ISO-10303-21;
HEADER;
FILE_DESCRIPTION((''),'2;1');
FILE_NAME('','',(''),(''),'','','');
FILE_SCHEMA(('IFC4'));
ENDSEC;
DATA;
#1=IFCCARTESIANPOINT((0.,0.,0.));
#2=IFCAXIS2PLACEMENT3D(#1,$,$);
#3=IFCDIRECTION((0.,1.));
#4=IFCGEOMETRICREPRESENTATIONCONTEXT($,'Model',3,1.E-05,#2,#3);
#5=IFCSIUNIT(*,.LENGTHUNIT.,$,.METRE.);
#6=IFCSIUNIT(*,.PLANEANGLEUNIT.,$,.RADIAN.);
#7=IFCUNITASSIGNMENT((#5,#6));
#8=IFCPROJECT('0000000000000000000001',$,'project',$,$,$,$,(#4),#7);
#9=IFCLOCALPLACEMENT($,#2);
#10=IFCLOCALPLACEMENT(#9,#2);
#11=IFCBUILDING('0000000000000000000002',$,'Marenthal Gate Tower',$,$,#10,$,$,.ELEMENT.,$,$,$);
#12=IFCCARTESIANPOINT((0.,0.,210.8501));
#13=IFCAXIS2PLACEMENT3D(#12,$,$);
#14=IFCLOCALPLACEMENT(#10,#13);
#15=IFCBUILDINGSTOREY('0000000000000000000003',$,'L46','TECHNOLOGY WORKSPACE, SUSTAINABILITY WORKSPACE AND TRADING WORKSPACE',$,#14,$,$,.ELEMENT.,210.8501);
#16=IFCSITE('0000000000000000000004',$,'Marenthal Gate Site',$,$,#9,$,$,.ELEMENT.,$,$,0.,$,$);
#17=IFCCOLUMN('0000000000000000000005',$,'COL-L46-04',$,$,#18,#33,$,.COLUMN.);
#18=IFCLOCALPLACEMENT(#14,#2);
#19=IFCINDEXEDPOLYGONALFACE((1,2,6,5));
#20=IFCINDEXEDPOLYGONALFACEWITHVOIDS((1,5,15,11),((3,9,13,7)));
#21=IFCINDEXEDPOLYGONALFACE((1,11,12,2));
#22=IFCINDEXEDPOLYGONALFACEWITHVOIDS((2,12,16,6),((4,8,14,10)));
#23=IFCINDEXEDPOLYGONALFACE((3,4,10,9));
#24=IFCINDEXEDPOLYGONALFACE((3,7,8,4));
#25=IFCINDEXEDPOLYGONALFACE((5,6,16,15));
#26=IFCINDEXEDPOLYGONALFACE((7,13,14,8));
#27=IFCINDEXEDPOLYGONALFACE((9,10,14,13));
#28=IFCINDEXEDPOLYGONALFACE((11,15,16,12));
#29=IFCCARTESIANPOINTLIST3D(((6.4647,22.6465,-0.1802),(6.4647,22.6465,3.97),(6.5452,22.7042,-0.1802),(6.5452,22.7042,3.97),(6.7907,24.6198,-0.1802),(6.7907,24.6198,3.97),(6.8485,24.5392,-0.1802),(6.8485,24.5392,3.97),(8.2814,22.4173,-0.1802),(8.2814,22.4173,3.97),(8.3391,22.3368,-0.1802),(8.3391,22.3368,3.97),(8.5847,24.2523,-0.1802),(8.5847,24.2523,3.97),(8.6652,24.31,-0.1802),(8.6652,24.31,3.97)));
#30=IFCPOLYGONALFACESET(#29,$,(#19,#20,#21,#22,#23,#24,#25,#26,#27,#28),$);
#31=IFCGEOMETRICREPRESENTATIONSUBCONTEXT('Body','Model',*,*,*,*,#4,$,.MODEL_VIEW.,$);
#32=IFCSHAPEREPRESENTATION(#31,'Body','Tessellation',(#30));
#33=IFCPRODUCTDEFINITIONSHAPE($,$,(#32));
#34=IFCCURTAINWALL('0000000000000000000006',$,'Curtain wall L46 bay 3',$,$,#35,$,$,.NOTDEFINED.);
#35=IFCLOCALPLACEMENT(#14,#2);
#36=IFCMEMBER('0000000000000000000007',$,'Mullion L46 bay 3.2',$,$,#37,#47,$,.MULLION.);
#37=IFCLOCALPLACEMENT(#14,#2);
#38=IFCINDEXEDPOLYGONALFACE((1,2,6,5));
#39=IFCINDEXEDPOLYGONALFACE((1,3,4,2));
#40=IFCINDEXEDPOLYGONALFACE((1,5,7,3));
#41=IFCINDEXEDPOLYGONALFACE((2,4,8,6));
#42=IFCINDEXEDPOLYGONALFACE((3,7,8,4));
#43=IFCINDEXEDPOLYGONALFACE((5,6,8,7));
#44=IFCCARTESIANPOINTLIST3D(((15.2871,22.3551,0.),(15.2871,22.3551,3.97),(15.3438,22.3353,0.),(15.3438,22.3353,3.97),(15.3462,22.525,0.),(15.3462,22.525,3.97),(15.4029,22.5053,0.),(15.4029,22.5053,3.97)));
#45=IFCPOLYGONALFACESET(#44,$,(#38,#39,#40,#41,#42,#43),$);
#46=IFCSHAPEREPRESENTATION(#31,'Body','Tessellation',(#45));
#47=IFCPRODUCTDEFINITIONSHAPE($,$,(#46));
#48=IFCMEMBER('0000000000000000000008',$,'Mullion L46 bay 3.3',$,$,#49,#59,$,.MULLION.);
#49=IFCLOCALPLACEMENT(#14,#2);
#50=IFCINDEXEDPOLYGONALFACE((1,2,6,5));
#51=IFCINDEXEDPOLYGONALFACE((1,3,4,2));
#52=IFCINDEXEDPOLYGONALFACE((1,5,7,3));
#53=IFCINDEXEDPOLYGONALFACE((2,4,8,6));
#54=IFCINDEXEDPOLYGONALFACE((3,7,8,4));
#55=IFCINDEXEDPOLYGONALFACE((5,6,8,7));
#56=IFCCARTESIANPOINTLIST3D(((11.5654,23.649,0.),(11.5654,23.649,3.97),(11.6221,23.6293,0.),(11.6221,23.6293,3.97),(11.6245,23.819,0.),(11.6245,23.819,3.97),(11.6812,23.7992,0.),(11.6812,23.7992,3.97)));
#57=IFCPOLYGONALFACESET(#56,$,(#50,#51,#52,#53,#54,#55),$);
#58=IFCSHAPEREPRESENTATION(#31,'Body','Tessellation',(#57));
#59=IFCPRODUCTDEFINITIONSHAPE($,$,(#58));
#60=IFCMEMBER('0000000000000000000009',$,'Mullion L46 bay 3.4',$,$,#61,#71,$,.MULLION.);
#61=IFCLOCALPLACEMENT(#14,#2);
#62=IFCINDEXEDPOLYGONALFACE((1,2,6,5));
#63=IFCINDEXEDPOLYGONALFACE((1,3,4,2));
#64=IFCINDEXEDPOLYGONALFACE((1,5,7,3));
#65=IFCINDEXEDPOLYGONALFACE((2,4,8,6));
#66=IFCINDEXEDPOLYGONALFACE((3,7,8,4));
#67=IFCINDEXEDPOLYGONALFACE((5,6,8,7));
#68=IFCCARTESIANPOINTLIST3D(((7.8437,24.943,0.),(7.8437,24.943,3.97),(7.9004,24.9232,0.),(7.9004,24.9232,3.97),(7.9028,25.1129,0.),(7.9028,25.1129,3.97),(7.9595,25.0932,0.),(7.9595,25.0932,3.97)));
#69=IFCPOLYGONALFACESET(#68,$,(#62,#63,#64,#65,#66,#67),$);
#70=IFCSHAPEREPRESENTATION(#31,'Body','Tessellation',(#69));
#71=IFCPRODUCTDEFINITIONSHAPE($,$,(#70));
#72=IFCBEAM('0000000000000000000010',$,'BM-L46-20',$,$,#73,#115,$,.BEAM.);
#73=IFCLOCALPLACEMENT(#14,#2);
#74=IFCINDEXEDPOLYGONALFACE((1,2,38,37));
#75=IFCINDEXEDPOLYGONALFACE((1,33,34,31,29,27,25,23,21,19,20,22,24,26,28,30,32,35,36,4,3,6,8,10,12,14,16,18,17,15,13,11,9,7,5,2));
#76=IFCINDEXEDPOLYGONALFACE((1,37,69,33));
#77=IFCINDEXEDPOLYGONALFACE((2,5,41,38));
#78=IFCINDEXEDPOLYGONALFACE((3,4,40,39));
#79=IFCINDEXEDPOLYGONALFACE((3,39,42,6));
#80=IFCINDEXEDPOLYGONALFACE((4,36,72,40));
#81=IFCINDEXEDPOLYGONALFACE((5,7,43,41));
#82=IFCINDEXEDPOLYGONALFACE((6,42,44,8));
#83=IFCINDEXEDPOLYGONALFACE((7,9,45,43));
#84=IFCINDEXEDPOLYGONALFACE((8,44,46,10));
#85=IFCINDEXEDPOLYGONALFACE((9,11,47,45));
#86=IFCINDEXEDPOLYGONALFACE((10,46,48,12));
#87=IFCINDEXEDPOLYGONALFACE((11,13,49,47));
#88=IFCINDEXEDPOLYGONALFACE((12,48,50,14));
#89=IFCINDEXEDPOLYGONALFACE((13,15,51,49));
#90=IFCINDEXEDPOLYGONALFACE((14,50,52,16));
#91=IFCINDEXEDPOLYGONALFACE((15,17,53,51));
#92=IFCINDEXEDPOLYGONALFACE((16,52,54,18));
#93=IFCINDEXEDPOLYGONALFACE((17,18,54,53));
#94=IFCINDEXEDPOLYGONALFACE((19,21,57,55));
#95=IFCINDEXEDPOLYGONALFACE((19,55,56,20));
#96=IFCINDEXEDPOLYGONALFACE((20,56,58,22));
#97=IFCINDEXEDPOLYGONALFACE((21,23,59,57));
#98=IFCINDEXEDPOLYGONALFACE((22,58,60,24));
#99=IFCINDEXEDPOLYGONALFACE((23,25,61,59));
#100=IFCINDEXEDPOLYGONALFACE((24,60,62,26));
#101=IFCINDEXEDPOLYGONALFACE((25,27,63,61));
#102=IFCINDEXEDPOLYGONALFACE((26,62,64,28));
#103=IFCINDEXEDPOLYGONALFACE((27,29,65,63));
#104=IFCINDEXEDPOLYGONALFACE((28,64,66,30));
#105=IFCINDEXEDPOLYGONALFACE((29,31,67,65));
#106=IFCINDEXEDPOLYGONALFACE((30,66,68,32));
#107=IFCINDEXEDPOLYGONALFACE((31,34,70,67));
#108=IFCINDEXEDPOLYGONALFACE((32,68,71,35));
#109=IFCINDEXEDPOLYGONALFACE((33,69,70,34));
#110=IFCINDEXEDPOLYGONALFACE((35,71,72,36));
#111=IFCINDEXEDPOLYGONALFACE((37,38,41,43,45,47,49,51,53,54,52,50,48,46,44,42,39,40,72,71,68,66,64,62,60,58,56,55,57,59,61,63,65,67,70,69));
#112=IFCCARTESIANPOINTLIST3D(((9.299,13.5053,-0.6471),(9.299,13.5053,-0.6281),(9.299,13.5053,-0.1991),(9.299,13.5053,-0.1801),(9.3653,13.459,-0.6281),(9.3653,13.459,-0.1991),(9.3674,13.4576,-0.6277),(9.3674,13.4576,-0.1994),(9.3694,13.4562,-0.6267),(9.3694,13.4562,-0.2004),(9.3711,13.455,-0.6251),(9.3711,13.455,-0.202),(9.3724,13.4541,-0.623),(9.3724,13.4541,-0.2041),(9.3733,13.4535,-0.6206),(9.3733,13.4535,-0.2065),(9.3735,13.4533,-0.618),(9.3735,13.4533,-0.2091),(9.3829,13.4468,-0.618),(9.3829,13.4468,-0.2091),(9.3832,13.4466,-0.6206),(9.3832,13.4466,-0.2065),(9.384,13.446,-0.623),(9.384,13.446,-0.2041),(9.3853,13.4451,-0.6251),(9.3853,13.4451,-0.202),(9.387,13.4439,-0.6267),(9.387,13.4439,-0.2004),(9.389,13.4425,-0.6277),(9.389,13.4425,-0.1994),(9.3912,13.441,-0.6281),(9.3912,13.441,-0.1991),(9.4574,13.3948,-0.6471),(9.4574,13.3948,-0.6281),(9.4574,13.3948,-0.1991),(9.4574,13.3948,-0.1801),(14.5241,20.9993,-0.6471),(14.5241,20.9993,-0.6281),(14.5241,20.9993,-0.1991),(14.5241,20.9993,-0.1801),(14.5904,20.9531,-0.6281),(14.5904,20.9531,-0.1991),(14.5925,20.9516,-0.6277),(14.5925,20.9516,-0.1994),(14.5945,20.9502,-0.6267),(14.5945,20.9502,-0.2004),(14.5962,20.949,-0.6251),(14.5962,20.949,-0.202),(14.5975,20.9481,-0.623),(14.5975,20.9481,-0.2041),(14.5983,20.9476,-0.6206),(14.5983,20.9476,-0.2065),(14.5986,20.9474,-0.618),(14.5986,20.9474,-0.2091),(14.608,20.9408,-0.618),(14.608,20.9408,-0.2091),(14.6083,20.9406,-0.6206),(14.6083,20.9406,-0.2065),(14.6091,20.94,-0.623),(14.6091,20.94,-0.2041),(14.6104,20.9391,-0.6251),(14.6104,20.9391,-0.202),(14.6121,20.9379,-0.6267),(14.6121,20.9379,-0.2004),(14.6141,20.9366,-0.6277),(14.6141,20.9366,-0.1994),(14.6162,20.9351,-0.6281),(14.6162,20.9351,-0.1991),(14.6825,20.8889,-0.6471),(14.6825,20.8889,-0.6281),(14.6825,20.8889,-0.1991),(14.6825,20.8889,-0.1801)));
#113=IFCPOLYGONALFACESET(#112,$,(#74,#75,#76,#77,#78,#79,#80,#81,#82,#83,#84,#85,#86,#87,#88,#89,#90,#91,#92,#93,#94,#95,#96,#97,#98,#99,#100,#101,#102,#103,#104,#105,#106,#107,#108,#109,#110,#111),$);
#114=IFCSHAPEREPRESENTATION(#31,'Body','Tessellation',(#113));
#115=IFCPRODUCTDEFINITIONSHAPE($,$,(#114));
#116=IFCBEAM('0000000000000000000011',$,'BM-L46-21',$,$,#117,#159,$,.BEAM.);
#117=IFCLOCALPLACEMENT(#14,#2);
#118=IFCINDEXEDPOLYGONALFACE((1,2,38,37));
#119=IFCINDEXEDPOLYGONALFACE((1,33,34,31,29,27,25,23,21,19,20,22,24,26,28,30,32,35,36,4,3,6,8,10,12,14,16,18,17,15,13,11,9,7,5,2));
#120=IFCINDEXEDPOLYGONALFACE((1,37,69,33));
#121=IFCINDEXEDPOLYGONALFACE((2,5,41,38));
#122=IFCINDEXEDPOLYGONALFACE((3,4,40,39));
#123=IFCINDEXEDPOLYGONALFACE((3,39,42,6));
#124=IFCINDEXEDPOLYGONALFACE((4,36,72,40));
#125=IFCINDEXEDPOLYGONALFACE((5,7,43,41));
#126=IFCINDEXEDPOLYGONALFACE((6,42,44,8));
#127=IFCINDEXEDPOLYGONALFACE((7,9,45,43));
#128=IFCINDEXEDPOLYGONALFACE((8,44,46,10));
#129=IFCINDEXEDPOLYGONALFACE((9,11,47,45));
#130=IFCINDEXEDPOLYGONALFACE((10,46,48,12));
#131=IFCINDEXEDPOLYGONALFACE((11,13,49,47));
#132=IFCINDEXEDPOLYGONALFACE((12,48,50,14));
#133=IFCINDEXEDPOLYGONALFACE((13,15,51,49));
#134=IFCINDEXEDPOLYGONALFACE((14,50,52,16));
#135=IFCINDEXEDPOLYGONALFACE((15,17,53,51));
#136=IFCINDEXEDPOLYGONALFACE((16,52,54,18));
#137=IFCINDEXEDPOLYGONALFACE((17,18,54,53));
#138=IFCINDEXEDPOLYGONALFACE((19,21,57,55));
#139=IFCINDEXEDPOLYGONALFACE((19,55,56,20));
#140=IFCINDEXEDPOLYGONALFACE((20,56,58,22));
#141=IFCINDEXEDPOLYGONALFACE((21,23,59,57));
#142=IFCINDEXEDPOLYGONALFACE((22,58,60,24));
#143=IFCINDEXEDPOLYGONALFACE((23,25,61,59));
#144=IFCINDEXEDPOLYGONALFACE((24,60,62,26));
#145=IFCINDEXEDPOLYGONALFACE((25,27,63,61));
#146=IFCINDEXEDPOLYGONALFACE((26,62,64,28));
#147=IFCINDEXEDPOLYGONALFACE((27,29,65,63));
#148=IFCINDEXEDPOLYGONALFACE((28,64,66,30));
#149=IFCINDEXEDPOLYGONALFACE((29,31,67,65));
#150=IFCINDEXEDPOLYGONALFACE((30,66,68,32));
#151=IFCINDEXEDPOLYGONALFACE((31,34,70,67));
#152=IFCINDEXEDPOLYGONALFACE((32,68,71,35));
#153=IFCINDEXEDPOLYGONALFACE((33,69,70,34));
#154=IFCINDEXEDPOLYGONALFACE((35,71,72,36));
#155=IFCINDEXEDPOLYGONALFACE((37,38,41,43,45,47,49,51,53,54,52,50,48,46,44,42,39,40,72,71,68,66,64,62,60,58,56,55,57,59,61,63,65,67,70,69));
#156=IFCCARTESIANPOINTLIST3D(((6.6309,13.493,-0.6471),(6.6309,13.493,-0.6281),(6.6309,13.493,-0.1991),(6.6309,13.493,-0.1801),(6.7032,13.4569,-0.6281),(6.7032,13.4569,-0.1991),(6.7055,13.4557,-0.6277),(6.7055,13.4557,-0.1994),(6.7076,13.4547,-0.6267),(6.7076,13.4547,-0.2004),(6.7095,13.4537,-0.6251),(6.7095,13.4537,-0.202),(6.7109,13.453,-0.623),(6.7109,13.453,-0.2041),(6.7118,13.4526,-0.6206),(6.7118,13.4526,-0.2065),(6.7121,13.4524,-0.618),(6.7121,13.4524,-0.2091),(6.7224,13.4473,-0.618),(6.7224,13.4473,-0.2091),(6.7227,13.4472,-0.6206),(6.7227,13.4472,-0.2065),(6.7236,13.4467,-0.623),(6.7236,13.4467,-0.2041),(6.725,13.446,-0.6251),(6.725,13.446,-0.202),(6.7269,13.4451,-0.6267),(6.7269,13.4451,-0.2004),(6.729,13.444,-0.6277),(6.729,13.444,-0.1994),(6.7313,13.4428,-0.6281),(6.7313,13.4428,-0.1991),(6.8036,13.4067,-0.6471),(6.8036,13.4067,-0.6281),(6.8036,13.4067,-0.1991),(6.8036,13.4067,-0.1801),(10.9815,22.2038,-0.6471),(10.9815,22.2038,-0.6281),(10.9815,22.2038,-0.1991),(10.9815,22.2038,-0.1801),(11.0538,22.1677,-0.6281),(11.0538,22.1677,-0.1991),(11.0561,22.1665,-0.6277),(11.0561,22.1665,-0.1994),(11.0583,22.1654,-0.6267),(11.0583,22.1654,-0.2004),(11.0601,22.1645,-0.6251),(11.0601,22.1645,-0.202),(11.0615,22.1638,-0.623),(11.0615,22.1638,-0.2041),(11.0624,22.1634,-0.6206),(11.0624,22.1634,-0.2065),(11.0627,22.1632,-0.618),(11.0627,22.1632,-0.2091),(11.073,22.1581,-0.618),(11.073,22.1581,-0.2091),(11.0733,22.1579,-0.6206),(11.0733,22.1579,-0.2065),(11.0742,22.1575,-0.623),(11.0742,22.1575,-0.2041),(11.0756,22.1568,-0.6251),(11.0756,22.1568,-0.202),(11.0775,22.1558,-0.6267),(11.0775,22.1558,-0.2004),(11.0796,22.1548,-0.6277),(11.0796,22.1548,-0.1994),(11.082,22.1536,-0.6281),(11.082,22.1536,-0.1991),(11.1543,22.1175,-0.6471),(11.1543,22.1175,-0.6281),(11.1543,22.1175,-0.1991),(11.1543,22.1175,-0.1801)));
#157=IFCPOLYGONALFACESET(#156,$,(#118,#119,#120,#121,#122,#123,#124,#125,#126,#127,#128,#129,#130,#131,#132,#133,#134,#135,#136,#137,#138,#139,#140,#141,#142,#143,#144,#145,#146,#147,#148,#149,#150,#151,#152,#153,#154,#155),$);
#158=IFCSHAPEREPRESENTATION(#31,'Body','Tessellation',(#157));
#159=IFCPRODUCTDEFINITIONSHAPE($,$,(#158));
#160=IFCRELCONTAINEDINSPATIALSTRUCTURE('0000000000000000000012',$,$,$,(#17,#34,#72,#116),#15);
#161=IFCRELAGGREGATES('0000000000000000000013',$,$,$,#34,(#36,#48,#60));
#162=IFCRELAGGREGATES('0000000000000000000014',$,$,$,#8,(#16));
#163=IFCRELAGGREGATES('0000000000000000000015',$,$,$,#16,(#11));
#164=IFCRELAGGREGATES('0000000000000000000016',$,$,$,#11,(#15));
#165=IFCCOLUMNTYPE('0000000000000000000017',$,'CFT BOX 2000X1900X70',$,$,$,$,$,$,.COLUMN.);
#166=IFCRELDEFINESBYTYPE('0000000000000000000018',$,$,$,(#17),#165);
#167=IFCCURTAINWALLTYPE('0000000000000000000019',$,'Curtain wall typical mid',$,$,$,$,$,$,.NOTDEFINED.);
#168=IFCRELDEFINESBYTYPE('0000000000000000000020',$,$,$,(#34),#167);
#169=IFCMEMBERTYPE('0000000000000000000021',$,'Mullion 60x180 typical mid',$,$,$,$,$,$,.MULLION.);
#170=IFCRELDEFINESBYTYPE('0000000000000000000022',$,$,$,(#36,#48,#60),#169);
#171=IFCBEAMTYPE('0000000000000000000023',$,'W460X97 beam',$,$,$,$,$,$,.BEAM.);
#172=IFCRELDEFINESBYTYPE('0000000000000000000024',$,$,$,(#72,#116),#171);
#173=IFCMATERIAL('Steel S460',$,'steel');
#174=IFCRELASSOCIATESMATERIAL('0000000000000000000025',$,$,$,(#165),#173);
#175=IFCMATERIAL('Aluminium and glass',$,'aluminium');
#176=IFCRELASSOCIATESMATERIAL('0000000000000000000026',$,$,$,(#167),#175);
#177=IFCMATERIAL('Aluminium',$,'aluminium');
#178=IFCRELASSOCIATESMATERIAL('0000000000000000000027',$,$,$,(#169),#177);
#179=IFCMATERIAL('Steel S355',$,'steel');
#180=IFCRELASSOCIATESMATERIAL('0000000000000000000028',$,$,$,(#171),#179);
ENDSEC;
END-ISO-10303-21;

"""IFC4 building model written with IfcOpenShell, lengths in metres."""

from ifc_helpers import new_model, si_unit, direction, frame, origin, origin_2d, place, context, subcontext, project, spatial, rectangle, hollow_rectangle, i_section, extrude, material, material_profile, profile_set, type_object, element, aggregate, save


model = new_model("IFC4")

# Units and contexts
model_context = context("Model", 3, precision=1e-05, world=origin(), true_north=direction((0.0, 1.0)))
body_context = subcontext(model_context, "Body", "Model", "MODEL_VIEW")
ifc_project = project(units=[si_unit("LENGTHUNIT", "METRE"), si_unit("PLANEANGLEUNIT", "RADIAN")], contexts=[model_context])

# Site, building, storey
site_placement = place(None, origin())
site = spatial("IfcSite", under=ifc_project, at=site_placement, Name="Marenthal Gate Site", CompositionType="ELEMENT", RefElevation=0.0)
building_placement = place(site_placement, origin())
building = spatial("IfcBuilding", under=site, at=building_placement, Name="Marenthal Gate Tower", CompositionType="ELEMENT")
storey_placement = place(building_placement, frame((0.0, 0.0, 210.8501)))
storey = spatial("IfcBuildingStorey", under=building, at=storey_placement, Name="L46", Description="TECHNOLOGY WORKSPACE, SUSTAINABILITY WORKSPACE AND TRADING WORKSPACE", CompositionType="ELEMENT", Elevation=210.8501)

# Column
ifc_material_1 = material(Name="Steel S460", Category="steel")
ifc_material_profile_1 = material_profile(ifc_material_1, hollow_rectangle(XDim=1.8999, YDim=2.0, WallThickness=0.0701, at=origin_2d()), Name="CFT BOX 2000X1900X70")
ifc_material_2 = material(Name="Concrete 70 MPa", Category="concrete")
ifc_material_profile_2 = material_profile(ifc_material_2, rectangle(XDim=1.76, YDim=1.8601, at=origin_2d()), Name="CFT BOX 2000X1900X70 INFILL")
ifc_profile_set_1 = profile_set([ifc_material_profile_1, ifc_material_profile_2], Name="Steel S460 shell, Concrete 70 MPa infill")
column_type = type_object("IfcColumnType", Name="CFT BOX 2000X1900X70", PredefinedType="COLUMN", material=ifc_profile_set_1)
column_placement = place(storey_placement, frame((7.5649, 23.4783, -0.1802), z_axis=(0.0, 0.0, 1.0), x_axis=(0.986619, -0.163044, 0.0)))
element("IfcColumn", 1, at=column_placement, inside=storey, type_object=column_type, Name="COL-L46-04", PredefinedType="COLUMN", context=body_context, shape_type="SweptSolid", body=[
    extrude(hollow_rectangle(XDim=1.8999, YDim=2.0, WallThickness=0.0701, at=origin_2d()), origin(), (0.0, 0.0, 1.0), 4.1501),
])

# Curtain wall, members
ifc_material_3 = material(Name="Aluminium and glass", Category="aluminium")
curtain_wall_type = type_object("IfcCurtainWallType", Name="Curtain wall typical mid", PredefinedType="NOTDEFINED", material=ifc_material_3)
curtain_wall_placement = place(storey_placement, origin())
curtain_wall = element("IfcCurtainWall", 2, at=curtain_wall_placement, inside=storey, type_object=curtain_wall_type, Name="Curtain wall L46 bay 3", PredefinedType="NOTDEFINED")
ifc_material_4 = material(Name="Aluminium", Category="aluminium")
ifc_material_profile_3 = material_profile(ifc_material_4, rectangle(XDim=0.1799, YDim=0.0601, at=origin_2d()), Name="60x180 aluminium mullion")
ifc_profile_set_2 = profile_set([ifc_material_profile_3], Name="Aluminium")
member_type = type_object("IfcMemberType", Name="Mullion 60x180 typical mid", PredefinedType="MULLION", material=ifc_profile_set_2)
member_1_placement = place(storey_placement, frame((15.345, 22.4302, 0.0), z_axis=(0.0, 0.0, 1.0), x_axis=(-0.3284, -0.944539, 0.0)))
member_1 = element("IfcMember", 3, at=member_1_placement, type_object=member_type, Name="Mullion L46 bay 3.2", PredefinedType="MULLION", context=body_context, shape_type="SweptSolid", body=[
    extrude(rectangle(XDim=0.1799, YDim=0.0601, at=origin_2d()), origin(), (0.0, 0.0, 1.0), 3.97),
])
member_2_placement = place(storey_placement, frame((11.6233, 23.7241, 0.0), z_axis=(0.0, 0.0, 1.0), x_axis=(-0.3284, -0.944539, 0.0)))
member_2 = element("IfcMember", 4, at=member_2_placement, type_object=member_type, Name="Mullion L46 bay 3.3", PredefinedType="MULLION", context=body_context, shape_type="SweptSolid", body=[
    extrude(rectangle(XDim=0.1799, YDim=0.0601, at=origin_2d()), origin(), (0.0, 0.0, 1.0), 3.97),
])
member_3_placement = place(storey_placement, frame((7.9016, 25.0181, 0.0), z_axis=(0.0, 0.0, 1.0), x_axis=(-0.3284, -0.944539, 0.0)))
member_3 = element("IfcMember", 5, at=member_3_placement, type_object=member_type, Name="Mullion L46 bay 3.4", PredefinedType="MULLION", context=body_context, shape_type="SweptSolid", body=[
    extrude(rectangle(XDim=0.1799, YDim=0.0601, at=origin_2d()), origin(), (0.0, 0.0, 1.0), 3.97),
])

# Beams
ifc_material_5 = material(Name="Steel S355", Category="steel")
ifc_material_profile_4 = material_profile(ifc_material_5, i_section(OverallWidth=0.1931, OverallDepth=0.467, WebThickness=0.0115, FlangeThickness=0.019, FilletRadius=0.01, at=origin_2d()), Name="W460X97")
ifc_profile_set_3 = profile_set([ifc_material_profile_4], Name="Steel S355")
beam_type_1 = type_object("IfcBeamType", Name="W460X97 beam", PredefinedType="BEAM", material=ifc_profile_set_3)
beam_1_placement = place(storey_placement, frame((14.6033, 20.9441, -0.4136), z_axis=(-0.571933, -0.8203, 0.0), x_axis=(0.8203, -0.571933, 0.0)))
element("IfcBeam", 6, at=beam_1_placement, inside=storey, type_object=beam_type_1, Name="BM-L46-20", PredefinedType="BEAM", context=body_context, shape_type="SweptSolid", body=[
    extrude(i_section(OverallWidth=0.1931, OverallDepth=0.467, WebThickness=0.0115, FlangeThickness=0.019, FilletRadius=0.01, at=origin_2d()), origin(), (0.0, 0.0, 1.0), 9.1357),
])
beam_2_placement = place(storey_placement, frame((11.0679, 22.1606, -0.4136), z_axis=(-0.446822, -0.894623, 0.0), x_axis=(0.894623, -0.446822, 0.0)))
element("IfcBeam", 7, at=beam_2_placement, inside=storey, type_object=beam_type_1, Name="BM-L46-21", PredefinedType="BEAM", context=body_context, shape_type="SweptSolid", body=[
    extrude(i_section(OverallWidth=0.1931, OverallDepth=0.467, WebThickness=0.0115, FlangeThickness=0.019, FilletRadius=0.01, at=origin_2d()), origin(), (0.0, 0.0, 1.0), 9.7368),
])

aggregate(curtain_wall, [member_1, member_2, member_3])

save(model, "model.ifc")
